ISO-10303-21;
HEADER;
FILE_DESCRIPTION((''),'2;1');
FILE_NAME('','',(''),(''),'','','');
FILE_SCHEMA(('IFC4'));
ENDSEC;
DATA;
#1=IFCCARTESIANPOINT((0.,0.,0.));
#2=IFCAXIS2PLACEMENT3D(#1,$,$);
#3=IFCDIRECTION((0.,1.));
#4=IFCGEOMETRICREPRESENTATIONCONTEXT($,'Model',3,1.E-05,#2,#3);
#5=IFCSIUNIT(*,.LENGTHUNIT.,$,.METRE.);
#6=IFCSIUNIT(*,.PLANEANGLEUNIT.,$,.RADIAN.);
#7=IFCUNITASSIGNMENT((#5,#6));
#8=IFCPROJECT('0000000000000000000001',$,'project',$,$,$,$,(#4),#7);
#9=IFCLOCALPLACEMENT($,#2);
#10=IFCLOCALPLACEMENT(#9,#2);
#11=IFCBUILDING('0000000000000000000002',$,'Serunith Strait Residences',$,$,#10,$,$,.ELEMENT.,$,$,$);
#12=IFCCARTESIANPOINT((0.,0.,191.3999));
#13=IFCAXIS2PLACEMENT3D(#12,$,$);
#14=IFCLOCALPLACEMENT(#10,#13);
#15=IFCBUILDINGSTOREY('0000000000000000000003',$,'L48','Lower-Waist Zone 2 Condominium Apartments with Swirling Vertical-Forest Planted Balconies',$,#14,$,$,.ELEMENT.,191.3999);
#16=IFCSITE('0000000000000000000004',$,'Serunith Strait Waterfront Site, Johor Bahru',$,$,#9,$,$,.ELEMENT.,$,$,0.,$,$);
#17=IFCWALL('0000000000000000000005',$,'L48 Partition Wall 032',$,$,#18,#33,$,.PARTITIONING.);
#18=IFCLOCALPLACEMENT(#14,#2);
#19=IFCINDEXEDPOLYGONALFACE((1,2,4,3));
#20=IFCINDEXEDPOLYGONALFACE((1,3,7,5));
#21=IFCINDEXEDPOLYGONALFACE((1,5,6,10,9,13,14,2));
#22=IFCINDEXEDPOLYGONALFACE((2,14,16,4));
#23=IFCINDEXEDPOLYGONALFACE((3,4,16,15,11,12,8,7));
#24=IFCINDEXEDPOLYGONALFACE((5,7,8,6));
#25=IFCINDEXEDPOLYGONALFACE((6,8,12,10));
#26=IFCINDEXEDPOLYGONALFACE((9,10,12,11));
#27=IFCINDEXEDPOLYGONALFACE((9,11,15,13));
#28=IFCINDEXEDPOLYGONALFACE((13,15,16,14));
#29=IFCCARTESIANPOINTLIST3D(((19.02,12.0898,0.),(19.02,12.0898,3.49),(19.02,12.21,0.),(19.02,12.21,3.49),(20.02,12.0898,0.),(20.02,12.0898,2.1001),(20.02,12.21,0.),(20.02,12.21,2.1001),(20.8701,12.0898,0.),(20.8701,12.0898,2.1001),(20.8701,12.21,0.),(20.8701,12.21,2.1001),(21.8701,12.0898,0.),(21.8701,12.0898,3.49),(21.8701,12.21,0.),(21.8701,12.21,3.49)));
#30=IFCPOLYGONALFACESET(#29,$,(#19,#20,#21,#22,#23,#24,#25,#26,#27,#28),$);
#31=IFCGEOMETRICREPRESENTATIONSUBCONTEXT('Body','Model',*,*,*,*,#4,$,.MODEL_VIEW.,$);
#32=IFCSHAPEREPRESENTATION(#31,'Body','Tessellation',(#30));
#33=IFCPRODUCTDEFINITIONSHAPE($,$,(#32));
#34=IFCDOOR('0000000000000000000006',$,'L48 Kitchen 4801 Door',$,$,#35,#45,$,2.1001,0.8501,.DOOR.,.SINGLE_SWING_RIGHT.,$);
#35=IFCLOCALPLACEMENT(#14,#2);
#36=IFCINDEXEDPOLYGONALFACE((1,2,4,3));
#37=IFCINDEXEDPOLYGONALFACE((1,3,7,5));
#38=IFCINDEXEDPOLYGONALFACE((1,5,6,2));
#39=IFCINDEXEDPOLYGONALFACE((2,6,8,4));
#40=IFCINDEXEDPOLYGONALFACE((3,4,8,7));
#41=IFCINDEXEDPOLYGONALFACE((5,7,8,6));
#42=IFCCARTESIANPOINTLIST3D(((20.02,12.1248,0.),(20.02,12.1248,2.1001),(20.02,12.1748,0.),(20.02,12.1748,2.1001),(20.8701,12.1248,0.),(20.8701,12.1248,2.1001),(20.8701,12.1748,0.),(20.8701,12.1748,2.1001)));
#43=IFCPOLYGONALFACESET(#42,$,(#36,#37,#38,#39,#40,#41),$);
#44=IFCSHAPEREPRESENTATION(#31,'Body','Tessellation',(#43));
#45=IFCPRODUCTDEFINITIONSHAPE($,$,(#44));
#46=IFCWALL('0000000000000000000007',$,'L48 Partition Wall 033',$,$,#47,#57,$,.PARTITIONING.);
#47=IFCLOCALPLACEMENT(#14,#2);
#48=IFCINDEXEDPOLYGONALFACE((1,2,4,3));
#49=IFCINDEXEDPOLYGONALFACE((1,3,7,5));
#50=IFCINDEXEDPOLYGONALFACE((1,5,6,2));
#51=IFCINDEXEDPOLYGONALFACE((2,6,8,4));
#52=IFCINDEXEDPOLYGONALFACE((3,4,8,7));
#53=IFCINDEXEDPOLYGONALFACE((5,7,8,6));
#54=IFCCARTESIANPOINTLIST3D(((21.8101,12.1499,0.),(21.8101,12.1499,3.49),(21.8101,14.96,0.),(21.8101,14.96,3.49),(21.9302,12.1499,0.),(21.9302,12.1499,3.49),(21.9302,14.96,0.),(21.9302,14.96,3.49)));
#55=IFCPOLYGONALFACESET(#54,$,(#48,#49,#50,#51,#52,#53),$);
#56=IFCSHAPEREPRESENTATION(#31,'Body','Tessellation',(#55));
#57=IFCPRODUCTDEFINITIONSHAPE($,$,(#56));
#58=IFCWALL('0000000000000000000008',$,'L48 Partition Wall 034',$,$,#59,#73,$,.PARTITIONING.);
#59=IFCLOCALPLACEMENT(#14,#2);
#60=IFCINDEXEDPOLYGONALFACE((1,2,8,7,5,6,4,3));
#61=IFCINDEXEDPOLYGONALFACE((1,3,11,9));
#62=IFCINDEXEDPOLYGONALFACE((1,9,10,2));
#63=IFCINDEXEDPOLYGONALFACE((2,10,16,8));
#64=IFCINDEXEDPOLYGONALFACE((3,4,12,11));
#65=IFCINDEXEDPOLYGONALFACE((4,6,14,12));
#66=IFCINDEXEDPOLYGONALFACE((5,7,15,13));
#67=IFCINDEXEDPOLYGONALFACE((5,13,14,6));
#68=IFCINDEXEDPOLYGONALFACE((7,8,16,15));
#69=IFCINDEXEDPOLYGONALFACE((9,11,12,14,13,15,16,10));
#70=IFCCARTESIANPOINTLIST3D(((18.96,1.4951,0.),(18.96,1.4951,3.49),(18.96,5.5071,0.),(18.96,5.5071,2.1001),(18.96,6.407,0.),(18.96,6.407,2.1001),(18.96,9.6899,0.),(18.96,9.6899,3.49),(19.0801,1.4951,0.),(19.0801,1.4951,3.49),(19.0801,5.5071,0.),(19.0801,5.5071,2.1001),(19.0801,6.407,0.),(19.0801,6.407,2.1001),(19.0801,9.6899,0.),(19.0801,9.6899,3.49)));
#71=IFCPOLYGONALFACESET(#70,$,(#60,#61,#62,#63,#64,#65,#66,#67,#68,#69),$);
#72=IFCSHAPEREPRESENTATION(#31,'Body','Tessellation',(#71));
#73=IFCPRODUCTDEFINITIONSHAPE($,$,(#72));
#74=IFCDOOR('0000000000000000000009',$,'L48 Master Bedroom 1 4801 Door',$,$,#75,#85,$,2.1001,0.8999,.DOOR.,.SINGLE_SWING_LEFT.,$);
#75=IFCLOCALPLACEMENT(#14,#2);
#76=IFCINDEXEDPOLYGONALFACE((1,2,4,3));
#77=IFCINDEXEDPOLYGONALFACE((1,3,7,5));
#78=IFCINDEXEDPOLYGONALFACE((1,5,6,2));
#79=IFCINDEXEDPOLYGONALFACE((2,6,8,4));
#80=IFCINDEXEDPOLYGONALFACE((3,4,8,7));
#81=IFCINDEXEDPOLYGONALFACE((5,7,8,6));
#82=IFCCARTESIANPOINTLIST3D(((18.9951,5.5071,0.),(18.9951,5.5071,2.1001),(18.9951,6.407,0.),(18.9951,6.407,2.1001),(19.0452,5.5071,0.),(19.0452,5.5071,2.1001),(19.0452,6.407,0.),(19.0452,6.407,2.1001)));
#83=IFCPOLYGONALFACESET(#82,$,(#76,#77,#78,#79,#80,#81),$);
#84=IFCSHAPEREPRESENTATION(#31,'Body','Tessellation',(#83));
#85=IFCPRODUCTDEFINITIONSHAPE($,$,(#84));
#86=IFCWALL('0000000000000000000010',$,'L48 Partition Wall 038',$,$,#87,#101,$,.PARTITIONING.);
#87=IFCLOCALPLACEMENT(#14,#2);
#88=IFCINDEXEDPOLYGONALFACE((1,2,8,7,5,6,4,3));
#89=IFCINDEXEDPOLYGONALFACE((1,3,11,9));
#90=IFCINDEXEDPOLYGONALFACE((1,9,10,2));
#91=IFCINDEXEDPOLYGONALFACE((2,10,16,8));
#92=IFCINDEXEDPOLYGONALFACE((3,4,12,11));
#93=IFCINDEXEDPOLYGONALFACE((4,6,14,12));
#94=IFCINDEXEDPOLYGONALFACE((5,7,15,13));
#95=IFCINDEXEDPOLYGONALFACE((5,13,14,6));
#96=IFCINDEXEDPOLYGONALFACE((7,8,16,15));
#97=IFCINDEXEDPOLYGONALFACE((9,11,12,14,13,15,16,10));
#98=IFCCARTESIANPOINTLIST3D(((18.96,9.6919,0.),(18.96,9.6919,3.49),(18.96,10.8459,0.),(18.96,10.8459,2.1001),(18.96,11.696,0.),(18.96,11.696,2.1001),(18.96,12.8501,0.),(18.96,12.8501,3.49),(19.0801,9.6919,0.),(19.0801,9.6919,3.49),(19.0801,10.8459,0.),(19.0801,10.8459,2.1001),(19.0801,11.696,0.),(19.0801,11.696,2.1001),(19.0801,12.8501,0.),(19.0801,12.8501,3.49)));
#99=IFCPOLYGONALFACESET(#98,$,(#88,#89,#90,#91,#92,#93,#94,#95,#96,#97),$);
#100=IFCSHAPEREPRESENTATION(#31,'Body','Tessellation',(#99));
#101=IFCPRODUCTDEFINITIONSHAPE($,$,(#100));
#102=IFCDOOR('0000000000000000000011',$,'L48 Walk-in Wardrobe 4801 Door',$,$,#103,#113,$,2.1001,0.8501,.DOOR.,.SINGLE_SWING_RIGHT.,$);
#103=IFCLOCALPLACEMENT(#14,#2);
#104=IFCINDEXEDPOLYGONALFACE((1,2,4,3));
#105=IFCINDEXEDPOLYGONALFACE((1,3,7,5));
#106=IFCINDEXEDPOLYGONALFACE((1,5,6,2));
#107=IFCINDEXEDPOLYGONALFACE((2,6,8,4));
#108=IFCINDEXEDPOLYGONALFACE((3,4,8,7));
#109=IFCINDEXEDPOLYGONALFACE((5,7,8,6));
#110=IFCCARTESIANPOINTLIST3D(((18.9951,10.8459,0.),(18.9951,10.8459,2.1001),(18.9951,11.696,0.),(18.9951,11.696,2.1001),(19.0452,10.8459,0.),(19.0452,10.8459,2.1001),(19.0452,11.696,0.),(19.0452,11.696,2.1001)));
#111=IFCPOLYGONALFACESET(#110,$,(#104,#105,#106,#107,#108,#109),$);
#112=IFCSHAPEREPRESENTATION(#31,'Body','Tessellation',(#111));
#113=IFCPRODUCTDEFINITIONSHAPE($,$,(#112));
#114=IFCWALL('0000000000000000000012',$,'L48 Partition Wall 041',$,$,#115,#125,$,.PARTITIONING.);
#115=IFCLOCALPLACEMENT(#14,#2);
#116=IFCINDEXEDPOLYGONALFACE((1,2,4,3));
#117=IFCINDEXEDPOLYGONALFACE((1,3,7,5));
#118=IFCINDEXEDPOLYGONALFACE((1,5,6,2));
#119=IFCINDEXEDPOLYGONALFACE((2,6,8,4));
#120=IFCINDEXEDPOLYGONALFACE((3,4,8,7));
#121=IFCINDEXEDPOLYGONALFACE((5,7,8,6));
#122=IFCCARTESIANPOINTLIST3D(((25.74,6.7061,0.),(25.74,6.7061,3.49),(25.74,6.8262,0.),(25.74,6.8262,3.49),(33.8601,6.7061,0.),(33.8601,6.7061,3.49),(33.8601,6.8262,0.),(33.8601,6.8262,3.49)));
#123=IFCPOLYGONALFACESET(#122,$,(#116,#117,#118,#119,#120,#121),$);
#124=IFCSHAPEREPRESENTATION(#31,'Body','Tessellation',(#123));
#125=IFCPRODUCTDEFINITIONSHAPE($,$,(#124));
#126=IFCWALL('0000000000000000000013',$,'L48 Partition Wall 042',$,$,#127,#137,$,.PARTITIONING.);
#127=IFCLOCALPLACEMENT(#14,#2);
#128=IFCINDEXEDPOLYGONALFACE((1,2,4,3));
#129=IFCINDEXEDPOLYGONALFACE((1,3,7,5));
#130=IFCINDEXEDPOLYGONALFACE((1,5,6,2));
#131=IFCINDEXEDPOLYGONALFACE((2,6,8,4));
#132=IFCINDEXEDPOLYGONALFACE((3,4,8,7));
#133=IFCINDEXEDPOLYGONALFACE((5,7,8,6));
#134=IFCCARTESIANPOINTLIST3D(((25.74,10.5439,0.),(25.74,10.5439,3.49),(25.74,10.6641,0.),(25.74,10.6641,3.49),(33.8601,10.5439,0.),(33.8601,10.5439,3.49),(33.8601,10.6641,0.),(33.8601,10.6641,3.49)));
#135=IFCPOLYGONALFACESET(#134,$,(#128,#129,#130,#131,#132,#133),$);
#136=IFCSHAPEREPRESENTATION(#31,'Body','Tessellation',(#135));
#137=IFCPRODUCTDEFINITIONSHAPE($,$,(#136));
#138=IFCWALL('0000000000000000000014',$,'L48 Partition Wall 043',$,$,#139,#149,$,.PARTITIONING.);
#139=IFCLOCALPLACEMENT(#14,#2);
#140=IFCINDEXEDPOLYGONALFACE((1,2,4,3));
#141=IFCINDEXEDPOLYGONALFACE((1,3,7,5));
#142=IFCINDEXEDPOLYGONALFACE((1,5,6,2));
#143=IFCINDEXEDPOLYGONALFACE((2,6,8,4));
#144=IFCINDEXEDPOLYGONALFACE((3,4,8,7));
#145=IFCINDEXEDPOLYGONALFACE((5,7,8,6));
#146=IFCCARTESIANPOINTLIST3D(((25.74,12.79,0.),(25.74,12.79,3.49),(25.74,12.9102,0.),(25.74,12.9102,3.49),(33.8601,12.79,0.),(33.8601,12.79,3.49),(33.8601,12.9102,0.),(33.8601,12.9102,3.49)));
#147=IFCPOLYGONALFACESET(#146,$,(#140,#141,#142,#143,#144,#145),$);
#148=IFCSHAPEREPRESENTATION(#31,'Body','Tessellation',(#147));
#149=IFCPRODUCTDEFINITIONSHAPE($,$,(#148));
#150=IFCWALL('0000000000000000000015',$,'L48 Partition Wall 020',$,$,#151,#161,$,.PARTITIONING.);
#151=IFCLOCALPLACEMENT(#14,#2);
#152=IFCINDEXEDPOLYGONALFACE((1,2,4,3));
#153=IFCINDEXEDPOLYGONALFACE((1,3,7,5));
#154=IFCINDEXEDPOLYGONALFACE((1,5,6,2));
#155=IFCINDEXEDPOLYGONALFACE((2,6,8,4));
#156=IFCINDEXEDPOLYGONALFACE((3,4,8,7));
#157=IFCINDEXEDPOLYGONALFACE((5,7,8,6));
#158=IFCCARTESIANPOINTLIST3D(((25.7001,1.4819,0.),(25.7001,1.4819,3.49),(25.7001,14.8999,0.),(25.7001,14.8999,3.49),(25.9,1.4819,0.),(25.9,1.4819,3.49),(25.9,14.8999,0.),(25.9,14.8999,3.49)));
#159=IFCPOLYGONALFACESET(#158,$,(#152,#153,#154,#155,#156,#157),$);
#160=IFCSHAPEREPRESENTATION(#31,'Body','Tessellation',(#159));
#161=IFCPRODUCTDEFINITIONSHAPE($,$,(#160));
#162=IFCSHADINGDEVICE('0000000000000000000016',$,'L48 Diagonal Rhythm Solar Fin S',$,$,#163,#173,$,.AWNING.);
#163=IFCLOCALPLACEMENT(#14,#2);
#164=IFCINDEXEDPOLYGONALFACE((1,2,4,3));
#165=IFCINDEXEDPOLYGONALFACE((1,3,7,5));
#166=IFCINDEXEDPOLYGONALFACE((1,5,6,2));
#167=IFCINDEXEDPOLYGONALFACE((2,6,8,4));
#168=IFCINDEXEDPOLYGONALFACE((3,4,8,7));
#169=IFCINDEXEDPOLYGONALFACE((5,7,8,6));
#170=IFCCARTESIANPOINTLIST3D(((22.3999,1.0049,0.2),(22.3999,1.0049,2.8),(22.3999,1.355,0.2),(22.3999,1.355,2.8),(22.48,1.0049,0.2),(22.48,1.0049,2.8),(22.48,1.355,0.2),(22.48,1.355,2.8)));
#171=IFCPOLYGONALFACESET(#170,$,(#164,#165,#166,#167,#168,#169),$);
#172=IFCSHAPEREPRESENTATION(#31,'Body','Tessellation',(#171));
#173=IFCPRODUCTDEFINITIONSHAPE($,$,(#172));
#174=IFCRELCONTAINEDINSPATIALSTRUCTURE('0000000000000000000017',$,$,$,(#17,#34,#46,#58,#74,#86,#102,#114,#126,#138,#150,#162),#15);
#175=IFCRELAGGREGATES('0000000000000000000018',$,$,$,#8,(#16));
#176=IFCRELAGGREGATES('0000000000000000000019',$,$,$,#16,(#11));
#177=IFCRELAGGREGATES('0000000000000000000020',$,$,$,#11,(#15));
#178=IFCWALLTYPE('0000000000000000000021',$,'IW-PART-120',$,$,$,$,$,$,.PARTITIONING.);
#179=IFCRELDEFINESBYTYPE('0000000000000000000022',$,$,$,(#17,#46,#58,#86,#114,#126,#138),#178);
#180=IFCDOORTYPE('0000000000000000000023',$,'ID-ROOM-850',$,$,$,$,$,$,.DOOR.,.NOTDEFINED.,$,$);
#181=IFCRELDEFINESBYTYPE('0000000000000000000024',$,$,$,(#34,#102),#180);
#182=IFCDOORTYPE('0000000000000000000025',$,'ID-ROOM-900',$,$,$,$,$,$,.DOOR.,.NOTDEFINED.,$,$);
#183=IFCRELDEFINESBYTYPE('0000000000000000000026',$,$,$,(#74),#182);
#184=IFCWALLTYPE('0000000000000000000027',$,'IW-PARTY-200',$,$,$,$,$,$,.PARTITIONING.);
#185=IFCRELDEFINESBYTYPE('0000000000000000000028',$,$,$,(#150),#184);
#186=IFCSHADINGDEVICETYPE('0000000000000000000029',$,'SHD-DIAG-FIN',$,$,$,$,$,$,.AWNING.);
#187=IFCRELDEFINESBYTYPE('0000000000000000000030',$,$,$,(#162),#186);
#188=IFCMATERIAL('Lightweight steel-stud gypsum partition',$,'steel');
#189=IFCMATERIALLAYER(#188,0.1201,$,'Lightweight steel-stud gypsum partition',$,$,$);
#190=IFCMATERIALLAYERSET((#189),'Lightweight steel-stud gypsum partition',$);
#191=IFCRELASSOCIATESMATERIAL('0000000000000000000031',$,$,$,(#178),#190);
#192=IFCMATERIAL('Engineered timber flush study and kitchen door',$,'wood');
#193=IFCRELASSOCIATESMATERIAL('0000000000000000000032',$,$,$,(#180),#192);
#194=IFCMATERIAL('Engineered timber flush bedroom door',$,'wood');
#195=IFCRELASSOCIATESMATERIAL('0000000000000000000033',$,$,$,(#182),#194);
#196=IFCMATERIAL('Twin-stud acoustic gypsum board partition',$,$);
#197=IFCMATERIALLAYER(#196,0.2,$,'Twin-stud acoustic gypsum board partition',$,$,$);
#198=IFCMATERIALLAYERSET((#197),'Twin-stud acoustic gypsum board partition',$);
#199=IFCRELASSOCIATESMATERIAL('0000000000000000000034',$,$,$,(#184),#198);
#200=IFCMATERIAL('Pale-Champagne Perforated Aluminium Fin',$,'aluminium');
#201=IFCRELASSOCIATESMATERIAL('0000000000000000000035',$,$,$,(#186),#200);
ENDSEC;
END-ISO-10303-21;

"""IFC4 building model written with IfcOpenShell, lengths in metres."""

from ifc_helpers import new_model, si_unit, direction, frame, frame_2d, origin, origin_2d, place, context, subcontext, project, spatial, rectangle, extrude, source, transform, mapped, material, layer, layer_set, type_object, element, fill, save


model = new_model("IFC4")

# Units and contexts
model_context = context("Model", 3, precision=1e-05, world=origin(), true_north=direction((0.0, 1.0)))
body_context = subcontext(model_context, "Body", "Model", "MODEL_VIEW")
ifc_project = project(units=[si_unit("LENGTHUNIT", "METRE"), si_unit("PLANEANGLEUNIT", "RADIAN")], contexts=[model_context])

# Site, building, storey
site_placement = place(None, origin())
site = spatial("IfcSite", under=ifc_project, at=site_placement, Name="Serunith Strait Waterfront Site, Johor Bahru", CompositionType="ELEMENT", RefElevation=0.0)
building_placement = place(site_placement, origin())
building = spatial("IfcBuilding", under=site, at=building_placement, Name="Serunith Strait Residences", CompositionType="ELEMENT")
storey_placement = place(building_placement, frame((0.0, 0.0, 191.3999)))
storey = spatial("IfcBuildingStorey", under=building, at=storey_placement, Name="L48", Description="Lower-Waist Zone 2 Condominium Apartments with Swirling Vertical-Forest Planted Balconies", CompositionType="ELEMENT", Elevation=191.3999)

# Wall, opening, door
ifc_material_1 = material(Name="Lightweight steel-stud gypsum partition", Category="steel")
ifc_layer_1 = layer(ifc_material_1, 0.1201, Name="Lightweight steel-stud gypsum partition")
ifc_layer_set_1 = layer_set([ifc_layer_1], Name="Lightweight steel-stud gypsum partition")
wall_type_1 = type_object("IfcWallType", Name="IW-PART-120", PredefinedType="PARTITIONING", material=ifc_layer_set_1)
wall_1_placement = place(storey_placement, frame((19.02, 12.1499, 0.0), z_axis=(0.0, 0.0, 1.0), x_axis=(1.0, 0.0, 0.0)))
wall_1 = element("IfcWall", 1, at=wall_1_placement, inside=storey, type_object=wall_type_1, Name="L48 Partition Wall 032", PredefinedType="PARTITIONING", context=body_context, shape_type="SweptSolid", body=[
    extrude(rectangle(XDim=2.8501, YDim=0.1201, at=frame_2d((1.425, 0.0))), origin(), (0.0, 0.0, 1.0), 3.49),
])
opening_1_placement = place(wall_1_placement, frame((1.0, 0.0, 0.0)))
opening_1 = element("IfcOpeningElement", 2, at=opening_1_placement, cuts=wall_1, PredefinedType="OPENING", context=body_context, shape_type="SweptSolid", body=[
    extrude(rectangle(XDim=0.8501, YDim=2.1001, at=frame_2d((0.425, 1.05))), frame((0.0, 0.0701, 0.0), z_axis=(0.0, -1.0, 0.0), x_axis=(1.0, 0.0, 0.0)), (0.0, 0.0, 1.0), 0.1401),
])
ifc_material_2 = material(Name="Engineered timber flush study and kitchen door", Category="wood")
door_type_1 = type_object("IfcDoorType", Name="ID-ROOM-850", OperationType="NOTDEFINED", PredefinedType="DOOR", material=ifc_material_2)
shared_shape_1 = source(origin(), body_context, "Body", "SweptSolid", [
    extrude(rectangle(XDim=0.8501, YDim=2.1001, at=frame_2d((0.425, 1.05))), frame((0.0, 0.0249, 0.0), z_axis=(0.0, -1.0, 0.0), x_axis=(1.0, 0.0, 0.0)), (0.0, 0.0, 1.0), 0.05),
])
door_1_placement = place(opening_1_placement, origin())
door_1 = element("IfcDoor", 3, at=door_1_placement, inside=storey, type_object=door_type_1, Name="L48 Kitchen 4801 Door", OperationType="SINGLE_SWING_RIGHT", OverallHeight=2.1001, OverallWidth=0.8501, PredefinedType="DOOR", context=body_context, shape_type="MappedRepresentation", body=[
    mapped(shared_shape_1, transform((0.0, 0.0, 0.0), scale=1.0)),
])
fill(opening_1, door_1)

# Wall
wall_2_placement = place(storey_placement, frame((21.8701, 12.1499, 0.0), z_axis=(0.0, 0.0, 1.0), x_axis=(0.0, 1.0, 0.0)))
element("IfcWall", 4, at=wall_2_placement, inside=storey, type_object=wall_type_1, Name="L48 Partition Wall 033", PredefinedType="PARTITIONING", context=body_context, shape_type="SweptSolid", body=[
    extrude(rectangle(XDim=2.8101, YDim=0.1201, at=frame_2d((1.405, 0.0))), origin(), (0.0, 0.0, 1.0), 3.49),
])

# Walls, openings, doors
wall_3_placement = place(storey_placement, frame((19.02, 1.4951, 0.0), z_axis=(0.0, 0.0, 1.0), x_axis=(0.0, 1.0, 0.0)))
wall_3 = element("IfcWall", 5, at=wall_3_placement, inside=storey, type_object=wall_type_1, Name="L48 Partition Wall 034", PredefinedType="PARTITIONING", context=body_context, shape_type="SweptSolid", body=[
    extrude(rectangle(XDim=8.1948, YDim=0.1201, at=frame_2d((4.0974, 0.0))), origin(), (0.0, 0.0, 1.0), 3.49),
])
opening_2_placement = place(wall_3_placement, frame((4.012, 0.0, 0.0)))
opening_2 = element("IfcOpeningElement", 6, at=opening_2_placement, cuts=wall_3, PredefinedType="OPENING", context=body_context, shape_type="SweptSolid", body=[
    extrude(rectangle(XDim=0.8999, YDim=2.1001, at=frame_2d((0.45, 1.05))), frame((0.0, 0.0701, 0.0), z_axis=(0.0, -1.0, 0.0), x_axis=(1.0, 0.0, 0.0)), (0.0, 0.0, 1.0), 0.1401),
])
ifc_material_3 = material(Name="Engineered timber flush bedroom door", Category="wood")
door_type_2 = type_object("IfcDoorType", Name="ID-ROOM-900", OperationType="NOTDEFINED", PredefinedType="DOOR", material=ifc_material_3)
shared_shape_2 = source(origin(), body_context, "Body", "SweptSolid", [
    extrude(rectangle(XDim=0.8999, YDim=2.1001, at=frame_2d((0.45, 1.05))), frame((0.0, 0.0249, 0.0), z_axis=(0.0, -1.0, 0.0), x_axis=(1.0, 0.0, 0.0)), (0.0, 0.0, 1.0), 0.05),
])
door_2_placement = place(opening_2_placement, origin())
door_2 = element("IfcDoor", 7, at=door_2_placement, inside=storey, type_object=door_type_2, Name="L48 Master Bedroom 1 4801 Door", OperationType="SINGLE_SWING_LEFT", OverallHeight=2.1001, OverallWidth=0.8999, PredefinedType="DOOR", context=body_context, shape_type="MappedRepresentation", body=[
    mapped(shared_shape_2, transform((0.0, 0.0, 0.0), scale=1.0)),
])
fill(opening_2, door_2)
wall_4_placement = place(storey_placement, frame((19.02, 9.6919, 0.0), z_axis=(0.0, 0.0, 1.0), x_axis=(0.0, 1.0, 0.0)))
wall_4 = element("IfcWall", 8, at=wall_4_placement, inside=storey, type_object=wall_type_1, Name="L48 Partition Wall 038", PredefinedType="PARTITIONING", context=body_context, shape_type="SweptSolid", body=[
    extrude(rectangle(XDim=3.1582, YDim=0.1201, at=frame_2d((1.5791, 0.0))), origin(), (0.0, 0.0, 1.0), 3.49),
])
opening_3_placement = place(wall_4_placement, frame((1.1541, 0.0, 0.0)))
opening_3 = element("IfcOpeningElement", 9, at=opening_3_placement, cuts=wall_4, PredefinedType="OPENING", context=body_context, shape_type="SweptSolid", body=[
    extrude(rectangle(XDim=0.8501, YDim=2.1001, at=frame_2d((0.425, 1.05))), frame((0.0, 0.0701, 0.0), z_axis=(0.0, -1.0, 0.0), x_axis=(1.0, 0.0, 0.0)), (0.0, 0.0, 1.0), 0.1401),
])
door_3_placement = place(opening_3_placement, origin())
door_3 = element("IfcDoor", 10, at=door_3_placement, inside=storey, type_object=door_type_1, Name="L48 Walk-in Wardrobe 4801 Door", OperationType="SINGLE_SWING_RIGHT", OverallHeight=2.1001, OverallWidth=0.8501, PredefinedType="DOOR", context=body_context, shape_type="MappedRepresentation", body=[
    mapped(shared_shape_1, transform((0.0, 0.0, 0.0), scale=1.0)),
])
fill(opening_3, door_3)

# Walls
for number, where, z_axis, x_axis, name in (
    (11, (25.74, 6.7661, 0.0), (0.0, 0.0, 1.0), (1.0, 0.0, 0.0), "L48 Partition Wall 041"),
    (12, (25.74, 10.604, 0.0), (0.0, 0.0, 1.0), (1.0, 0.0, 0.0), "L48 Partition Wall 042"),
    (13, (25.74, 12.8501, 0.0), (0.0, 0.0, 1.0), (1.0, 0.0, 0.0), "L48 Partition Wall 043"),
):
    element("IfcWall", number, at=place(storey_placement, frame(where, z_axis=z_axis, x_axis=x_axis)), inside=storey, type_object=wall_type_1, Name=name, PredefinedType="PARTITIONING", context=body_context, shape_type="SweptSolid", body=[
        extrude(rectangle(XDim=8.1201, YDim=0.1201, at=frame_2d((4.0601, 0.0))), origin(), (0.0, 0.0, 1.0), 3.49),
    ])
ifc_material_4 = material(Name="Twin-stud acoustic gypsum board partition")
ifc_layer_2 = layer(ifc_material_4, 0.2, Name="Twin-stud acoustic gypsum board partition")
ifc_layer_set_2 = layer_set([ifc_layer_2], Name="Twin-stud acoustic gypsum board partition")
wall_type_2 = type_object("IfcWallType", Name="IW-PARTY-200", PredefinedType="PARTITIONING", material=ifc_layer_set_2)
wall_5_placement = place(storey_placement, frame((25.8, 1.4819, 0.0), z_axis=(0.0, 0.0, 1.0), x_axis=(0.0, 1.0, 0.0)))
element("IfcWall", 14, at=wall_5_placement, inside=storey, type_object=wall_type_2, Name="L48 Partition Wall 020", PredefinedType="PARTITIONING", context=body_context, shape_type="SweptSolid", body=[
    extrude(rectangle(XDim=13.418, YDim=0.2, at=frame_2d((6.709, 0.0))), origin(), (0.0, 0.0, 1.0), 3.49),
])

# Shading device
ifc_material_5 = material(Name="Pale-Champagne Perforated Aluminium Fin", Category="aluminium")
shading_device_type = type_object("IfcShadingDeviceType", Name="SHD-DIAG-FIN", PredefinedType="AWNING", material=ifc_material_5)
shared_shape_3 = source(origin(), body_context, "Body", "SweptSolid", [
    extrude(rectangle(XDim=0.0801, YDim=0.3501, at=origin_2d()), origin(), (0.0, 0.0, 1.0), 2.6001),
])
shading_device_placement = place(storey_placement, frame((22.4399, 1.1799, 0.2), z_axis=(0.0, 0.0, 1.0), x_axis=(1.0, 0.0, 0.0)))
element("IfcShadingDevice", 15, at=shading_device_placement, inside=storey, type_object=shading_device_type, Name="L48 Diagonal Rhythm Solar Fin S", PredefinedType="AWNING", context=body_context, shape_type="MappedRepresentation", body=[
    mapped(shared_shape_3, transform((0.0, 0.0, 0.0), scale=1.0)),
])

save(model, "model.ifc")
